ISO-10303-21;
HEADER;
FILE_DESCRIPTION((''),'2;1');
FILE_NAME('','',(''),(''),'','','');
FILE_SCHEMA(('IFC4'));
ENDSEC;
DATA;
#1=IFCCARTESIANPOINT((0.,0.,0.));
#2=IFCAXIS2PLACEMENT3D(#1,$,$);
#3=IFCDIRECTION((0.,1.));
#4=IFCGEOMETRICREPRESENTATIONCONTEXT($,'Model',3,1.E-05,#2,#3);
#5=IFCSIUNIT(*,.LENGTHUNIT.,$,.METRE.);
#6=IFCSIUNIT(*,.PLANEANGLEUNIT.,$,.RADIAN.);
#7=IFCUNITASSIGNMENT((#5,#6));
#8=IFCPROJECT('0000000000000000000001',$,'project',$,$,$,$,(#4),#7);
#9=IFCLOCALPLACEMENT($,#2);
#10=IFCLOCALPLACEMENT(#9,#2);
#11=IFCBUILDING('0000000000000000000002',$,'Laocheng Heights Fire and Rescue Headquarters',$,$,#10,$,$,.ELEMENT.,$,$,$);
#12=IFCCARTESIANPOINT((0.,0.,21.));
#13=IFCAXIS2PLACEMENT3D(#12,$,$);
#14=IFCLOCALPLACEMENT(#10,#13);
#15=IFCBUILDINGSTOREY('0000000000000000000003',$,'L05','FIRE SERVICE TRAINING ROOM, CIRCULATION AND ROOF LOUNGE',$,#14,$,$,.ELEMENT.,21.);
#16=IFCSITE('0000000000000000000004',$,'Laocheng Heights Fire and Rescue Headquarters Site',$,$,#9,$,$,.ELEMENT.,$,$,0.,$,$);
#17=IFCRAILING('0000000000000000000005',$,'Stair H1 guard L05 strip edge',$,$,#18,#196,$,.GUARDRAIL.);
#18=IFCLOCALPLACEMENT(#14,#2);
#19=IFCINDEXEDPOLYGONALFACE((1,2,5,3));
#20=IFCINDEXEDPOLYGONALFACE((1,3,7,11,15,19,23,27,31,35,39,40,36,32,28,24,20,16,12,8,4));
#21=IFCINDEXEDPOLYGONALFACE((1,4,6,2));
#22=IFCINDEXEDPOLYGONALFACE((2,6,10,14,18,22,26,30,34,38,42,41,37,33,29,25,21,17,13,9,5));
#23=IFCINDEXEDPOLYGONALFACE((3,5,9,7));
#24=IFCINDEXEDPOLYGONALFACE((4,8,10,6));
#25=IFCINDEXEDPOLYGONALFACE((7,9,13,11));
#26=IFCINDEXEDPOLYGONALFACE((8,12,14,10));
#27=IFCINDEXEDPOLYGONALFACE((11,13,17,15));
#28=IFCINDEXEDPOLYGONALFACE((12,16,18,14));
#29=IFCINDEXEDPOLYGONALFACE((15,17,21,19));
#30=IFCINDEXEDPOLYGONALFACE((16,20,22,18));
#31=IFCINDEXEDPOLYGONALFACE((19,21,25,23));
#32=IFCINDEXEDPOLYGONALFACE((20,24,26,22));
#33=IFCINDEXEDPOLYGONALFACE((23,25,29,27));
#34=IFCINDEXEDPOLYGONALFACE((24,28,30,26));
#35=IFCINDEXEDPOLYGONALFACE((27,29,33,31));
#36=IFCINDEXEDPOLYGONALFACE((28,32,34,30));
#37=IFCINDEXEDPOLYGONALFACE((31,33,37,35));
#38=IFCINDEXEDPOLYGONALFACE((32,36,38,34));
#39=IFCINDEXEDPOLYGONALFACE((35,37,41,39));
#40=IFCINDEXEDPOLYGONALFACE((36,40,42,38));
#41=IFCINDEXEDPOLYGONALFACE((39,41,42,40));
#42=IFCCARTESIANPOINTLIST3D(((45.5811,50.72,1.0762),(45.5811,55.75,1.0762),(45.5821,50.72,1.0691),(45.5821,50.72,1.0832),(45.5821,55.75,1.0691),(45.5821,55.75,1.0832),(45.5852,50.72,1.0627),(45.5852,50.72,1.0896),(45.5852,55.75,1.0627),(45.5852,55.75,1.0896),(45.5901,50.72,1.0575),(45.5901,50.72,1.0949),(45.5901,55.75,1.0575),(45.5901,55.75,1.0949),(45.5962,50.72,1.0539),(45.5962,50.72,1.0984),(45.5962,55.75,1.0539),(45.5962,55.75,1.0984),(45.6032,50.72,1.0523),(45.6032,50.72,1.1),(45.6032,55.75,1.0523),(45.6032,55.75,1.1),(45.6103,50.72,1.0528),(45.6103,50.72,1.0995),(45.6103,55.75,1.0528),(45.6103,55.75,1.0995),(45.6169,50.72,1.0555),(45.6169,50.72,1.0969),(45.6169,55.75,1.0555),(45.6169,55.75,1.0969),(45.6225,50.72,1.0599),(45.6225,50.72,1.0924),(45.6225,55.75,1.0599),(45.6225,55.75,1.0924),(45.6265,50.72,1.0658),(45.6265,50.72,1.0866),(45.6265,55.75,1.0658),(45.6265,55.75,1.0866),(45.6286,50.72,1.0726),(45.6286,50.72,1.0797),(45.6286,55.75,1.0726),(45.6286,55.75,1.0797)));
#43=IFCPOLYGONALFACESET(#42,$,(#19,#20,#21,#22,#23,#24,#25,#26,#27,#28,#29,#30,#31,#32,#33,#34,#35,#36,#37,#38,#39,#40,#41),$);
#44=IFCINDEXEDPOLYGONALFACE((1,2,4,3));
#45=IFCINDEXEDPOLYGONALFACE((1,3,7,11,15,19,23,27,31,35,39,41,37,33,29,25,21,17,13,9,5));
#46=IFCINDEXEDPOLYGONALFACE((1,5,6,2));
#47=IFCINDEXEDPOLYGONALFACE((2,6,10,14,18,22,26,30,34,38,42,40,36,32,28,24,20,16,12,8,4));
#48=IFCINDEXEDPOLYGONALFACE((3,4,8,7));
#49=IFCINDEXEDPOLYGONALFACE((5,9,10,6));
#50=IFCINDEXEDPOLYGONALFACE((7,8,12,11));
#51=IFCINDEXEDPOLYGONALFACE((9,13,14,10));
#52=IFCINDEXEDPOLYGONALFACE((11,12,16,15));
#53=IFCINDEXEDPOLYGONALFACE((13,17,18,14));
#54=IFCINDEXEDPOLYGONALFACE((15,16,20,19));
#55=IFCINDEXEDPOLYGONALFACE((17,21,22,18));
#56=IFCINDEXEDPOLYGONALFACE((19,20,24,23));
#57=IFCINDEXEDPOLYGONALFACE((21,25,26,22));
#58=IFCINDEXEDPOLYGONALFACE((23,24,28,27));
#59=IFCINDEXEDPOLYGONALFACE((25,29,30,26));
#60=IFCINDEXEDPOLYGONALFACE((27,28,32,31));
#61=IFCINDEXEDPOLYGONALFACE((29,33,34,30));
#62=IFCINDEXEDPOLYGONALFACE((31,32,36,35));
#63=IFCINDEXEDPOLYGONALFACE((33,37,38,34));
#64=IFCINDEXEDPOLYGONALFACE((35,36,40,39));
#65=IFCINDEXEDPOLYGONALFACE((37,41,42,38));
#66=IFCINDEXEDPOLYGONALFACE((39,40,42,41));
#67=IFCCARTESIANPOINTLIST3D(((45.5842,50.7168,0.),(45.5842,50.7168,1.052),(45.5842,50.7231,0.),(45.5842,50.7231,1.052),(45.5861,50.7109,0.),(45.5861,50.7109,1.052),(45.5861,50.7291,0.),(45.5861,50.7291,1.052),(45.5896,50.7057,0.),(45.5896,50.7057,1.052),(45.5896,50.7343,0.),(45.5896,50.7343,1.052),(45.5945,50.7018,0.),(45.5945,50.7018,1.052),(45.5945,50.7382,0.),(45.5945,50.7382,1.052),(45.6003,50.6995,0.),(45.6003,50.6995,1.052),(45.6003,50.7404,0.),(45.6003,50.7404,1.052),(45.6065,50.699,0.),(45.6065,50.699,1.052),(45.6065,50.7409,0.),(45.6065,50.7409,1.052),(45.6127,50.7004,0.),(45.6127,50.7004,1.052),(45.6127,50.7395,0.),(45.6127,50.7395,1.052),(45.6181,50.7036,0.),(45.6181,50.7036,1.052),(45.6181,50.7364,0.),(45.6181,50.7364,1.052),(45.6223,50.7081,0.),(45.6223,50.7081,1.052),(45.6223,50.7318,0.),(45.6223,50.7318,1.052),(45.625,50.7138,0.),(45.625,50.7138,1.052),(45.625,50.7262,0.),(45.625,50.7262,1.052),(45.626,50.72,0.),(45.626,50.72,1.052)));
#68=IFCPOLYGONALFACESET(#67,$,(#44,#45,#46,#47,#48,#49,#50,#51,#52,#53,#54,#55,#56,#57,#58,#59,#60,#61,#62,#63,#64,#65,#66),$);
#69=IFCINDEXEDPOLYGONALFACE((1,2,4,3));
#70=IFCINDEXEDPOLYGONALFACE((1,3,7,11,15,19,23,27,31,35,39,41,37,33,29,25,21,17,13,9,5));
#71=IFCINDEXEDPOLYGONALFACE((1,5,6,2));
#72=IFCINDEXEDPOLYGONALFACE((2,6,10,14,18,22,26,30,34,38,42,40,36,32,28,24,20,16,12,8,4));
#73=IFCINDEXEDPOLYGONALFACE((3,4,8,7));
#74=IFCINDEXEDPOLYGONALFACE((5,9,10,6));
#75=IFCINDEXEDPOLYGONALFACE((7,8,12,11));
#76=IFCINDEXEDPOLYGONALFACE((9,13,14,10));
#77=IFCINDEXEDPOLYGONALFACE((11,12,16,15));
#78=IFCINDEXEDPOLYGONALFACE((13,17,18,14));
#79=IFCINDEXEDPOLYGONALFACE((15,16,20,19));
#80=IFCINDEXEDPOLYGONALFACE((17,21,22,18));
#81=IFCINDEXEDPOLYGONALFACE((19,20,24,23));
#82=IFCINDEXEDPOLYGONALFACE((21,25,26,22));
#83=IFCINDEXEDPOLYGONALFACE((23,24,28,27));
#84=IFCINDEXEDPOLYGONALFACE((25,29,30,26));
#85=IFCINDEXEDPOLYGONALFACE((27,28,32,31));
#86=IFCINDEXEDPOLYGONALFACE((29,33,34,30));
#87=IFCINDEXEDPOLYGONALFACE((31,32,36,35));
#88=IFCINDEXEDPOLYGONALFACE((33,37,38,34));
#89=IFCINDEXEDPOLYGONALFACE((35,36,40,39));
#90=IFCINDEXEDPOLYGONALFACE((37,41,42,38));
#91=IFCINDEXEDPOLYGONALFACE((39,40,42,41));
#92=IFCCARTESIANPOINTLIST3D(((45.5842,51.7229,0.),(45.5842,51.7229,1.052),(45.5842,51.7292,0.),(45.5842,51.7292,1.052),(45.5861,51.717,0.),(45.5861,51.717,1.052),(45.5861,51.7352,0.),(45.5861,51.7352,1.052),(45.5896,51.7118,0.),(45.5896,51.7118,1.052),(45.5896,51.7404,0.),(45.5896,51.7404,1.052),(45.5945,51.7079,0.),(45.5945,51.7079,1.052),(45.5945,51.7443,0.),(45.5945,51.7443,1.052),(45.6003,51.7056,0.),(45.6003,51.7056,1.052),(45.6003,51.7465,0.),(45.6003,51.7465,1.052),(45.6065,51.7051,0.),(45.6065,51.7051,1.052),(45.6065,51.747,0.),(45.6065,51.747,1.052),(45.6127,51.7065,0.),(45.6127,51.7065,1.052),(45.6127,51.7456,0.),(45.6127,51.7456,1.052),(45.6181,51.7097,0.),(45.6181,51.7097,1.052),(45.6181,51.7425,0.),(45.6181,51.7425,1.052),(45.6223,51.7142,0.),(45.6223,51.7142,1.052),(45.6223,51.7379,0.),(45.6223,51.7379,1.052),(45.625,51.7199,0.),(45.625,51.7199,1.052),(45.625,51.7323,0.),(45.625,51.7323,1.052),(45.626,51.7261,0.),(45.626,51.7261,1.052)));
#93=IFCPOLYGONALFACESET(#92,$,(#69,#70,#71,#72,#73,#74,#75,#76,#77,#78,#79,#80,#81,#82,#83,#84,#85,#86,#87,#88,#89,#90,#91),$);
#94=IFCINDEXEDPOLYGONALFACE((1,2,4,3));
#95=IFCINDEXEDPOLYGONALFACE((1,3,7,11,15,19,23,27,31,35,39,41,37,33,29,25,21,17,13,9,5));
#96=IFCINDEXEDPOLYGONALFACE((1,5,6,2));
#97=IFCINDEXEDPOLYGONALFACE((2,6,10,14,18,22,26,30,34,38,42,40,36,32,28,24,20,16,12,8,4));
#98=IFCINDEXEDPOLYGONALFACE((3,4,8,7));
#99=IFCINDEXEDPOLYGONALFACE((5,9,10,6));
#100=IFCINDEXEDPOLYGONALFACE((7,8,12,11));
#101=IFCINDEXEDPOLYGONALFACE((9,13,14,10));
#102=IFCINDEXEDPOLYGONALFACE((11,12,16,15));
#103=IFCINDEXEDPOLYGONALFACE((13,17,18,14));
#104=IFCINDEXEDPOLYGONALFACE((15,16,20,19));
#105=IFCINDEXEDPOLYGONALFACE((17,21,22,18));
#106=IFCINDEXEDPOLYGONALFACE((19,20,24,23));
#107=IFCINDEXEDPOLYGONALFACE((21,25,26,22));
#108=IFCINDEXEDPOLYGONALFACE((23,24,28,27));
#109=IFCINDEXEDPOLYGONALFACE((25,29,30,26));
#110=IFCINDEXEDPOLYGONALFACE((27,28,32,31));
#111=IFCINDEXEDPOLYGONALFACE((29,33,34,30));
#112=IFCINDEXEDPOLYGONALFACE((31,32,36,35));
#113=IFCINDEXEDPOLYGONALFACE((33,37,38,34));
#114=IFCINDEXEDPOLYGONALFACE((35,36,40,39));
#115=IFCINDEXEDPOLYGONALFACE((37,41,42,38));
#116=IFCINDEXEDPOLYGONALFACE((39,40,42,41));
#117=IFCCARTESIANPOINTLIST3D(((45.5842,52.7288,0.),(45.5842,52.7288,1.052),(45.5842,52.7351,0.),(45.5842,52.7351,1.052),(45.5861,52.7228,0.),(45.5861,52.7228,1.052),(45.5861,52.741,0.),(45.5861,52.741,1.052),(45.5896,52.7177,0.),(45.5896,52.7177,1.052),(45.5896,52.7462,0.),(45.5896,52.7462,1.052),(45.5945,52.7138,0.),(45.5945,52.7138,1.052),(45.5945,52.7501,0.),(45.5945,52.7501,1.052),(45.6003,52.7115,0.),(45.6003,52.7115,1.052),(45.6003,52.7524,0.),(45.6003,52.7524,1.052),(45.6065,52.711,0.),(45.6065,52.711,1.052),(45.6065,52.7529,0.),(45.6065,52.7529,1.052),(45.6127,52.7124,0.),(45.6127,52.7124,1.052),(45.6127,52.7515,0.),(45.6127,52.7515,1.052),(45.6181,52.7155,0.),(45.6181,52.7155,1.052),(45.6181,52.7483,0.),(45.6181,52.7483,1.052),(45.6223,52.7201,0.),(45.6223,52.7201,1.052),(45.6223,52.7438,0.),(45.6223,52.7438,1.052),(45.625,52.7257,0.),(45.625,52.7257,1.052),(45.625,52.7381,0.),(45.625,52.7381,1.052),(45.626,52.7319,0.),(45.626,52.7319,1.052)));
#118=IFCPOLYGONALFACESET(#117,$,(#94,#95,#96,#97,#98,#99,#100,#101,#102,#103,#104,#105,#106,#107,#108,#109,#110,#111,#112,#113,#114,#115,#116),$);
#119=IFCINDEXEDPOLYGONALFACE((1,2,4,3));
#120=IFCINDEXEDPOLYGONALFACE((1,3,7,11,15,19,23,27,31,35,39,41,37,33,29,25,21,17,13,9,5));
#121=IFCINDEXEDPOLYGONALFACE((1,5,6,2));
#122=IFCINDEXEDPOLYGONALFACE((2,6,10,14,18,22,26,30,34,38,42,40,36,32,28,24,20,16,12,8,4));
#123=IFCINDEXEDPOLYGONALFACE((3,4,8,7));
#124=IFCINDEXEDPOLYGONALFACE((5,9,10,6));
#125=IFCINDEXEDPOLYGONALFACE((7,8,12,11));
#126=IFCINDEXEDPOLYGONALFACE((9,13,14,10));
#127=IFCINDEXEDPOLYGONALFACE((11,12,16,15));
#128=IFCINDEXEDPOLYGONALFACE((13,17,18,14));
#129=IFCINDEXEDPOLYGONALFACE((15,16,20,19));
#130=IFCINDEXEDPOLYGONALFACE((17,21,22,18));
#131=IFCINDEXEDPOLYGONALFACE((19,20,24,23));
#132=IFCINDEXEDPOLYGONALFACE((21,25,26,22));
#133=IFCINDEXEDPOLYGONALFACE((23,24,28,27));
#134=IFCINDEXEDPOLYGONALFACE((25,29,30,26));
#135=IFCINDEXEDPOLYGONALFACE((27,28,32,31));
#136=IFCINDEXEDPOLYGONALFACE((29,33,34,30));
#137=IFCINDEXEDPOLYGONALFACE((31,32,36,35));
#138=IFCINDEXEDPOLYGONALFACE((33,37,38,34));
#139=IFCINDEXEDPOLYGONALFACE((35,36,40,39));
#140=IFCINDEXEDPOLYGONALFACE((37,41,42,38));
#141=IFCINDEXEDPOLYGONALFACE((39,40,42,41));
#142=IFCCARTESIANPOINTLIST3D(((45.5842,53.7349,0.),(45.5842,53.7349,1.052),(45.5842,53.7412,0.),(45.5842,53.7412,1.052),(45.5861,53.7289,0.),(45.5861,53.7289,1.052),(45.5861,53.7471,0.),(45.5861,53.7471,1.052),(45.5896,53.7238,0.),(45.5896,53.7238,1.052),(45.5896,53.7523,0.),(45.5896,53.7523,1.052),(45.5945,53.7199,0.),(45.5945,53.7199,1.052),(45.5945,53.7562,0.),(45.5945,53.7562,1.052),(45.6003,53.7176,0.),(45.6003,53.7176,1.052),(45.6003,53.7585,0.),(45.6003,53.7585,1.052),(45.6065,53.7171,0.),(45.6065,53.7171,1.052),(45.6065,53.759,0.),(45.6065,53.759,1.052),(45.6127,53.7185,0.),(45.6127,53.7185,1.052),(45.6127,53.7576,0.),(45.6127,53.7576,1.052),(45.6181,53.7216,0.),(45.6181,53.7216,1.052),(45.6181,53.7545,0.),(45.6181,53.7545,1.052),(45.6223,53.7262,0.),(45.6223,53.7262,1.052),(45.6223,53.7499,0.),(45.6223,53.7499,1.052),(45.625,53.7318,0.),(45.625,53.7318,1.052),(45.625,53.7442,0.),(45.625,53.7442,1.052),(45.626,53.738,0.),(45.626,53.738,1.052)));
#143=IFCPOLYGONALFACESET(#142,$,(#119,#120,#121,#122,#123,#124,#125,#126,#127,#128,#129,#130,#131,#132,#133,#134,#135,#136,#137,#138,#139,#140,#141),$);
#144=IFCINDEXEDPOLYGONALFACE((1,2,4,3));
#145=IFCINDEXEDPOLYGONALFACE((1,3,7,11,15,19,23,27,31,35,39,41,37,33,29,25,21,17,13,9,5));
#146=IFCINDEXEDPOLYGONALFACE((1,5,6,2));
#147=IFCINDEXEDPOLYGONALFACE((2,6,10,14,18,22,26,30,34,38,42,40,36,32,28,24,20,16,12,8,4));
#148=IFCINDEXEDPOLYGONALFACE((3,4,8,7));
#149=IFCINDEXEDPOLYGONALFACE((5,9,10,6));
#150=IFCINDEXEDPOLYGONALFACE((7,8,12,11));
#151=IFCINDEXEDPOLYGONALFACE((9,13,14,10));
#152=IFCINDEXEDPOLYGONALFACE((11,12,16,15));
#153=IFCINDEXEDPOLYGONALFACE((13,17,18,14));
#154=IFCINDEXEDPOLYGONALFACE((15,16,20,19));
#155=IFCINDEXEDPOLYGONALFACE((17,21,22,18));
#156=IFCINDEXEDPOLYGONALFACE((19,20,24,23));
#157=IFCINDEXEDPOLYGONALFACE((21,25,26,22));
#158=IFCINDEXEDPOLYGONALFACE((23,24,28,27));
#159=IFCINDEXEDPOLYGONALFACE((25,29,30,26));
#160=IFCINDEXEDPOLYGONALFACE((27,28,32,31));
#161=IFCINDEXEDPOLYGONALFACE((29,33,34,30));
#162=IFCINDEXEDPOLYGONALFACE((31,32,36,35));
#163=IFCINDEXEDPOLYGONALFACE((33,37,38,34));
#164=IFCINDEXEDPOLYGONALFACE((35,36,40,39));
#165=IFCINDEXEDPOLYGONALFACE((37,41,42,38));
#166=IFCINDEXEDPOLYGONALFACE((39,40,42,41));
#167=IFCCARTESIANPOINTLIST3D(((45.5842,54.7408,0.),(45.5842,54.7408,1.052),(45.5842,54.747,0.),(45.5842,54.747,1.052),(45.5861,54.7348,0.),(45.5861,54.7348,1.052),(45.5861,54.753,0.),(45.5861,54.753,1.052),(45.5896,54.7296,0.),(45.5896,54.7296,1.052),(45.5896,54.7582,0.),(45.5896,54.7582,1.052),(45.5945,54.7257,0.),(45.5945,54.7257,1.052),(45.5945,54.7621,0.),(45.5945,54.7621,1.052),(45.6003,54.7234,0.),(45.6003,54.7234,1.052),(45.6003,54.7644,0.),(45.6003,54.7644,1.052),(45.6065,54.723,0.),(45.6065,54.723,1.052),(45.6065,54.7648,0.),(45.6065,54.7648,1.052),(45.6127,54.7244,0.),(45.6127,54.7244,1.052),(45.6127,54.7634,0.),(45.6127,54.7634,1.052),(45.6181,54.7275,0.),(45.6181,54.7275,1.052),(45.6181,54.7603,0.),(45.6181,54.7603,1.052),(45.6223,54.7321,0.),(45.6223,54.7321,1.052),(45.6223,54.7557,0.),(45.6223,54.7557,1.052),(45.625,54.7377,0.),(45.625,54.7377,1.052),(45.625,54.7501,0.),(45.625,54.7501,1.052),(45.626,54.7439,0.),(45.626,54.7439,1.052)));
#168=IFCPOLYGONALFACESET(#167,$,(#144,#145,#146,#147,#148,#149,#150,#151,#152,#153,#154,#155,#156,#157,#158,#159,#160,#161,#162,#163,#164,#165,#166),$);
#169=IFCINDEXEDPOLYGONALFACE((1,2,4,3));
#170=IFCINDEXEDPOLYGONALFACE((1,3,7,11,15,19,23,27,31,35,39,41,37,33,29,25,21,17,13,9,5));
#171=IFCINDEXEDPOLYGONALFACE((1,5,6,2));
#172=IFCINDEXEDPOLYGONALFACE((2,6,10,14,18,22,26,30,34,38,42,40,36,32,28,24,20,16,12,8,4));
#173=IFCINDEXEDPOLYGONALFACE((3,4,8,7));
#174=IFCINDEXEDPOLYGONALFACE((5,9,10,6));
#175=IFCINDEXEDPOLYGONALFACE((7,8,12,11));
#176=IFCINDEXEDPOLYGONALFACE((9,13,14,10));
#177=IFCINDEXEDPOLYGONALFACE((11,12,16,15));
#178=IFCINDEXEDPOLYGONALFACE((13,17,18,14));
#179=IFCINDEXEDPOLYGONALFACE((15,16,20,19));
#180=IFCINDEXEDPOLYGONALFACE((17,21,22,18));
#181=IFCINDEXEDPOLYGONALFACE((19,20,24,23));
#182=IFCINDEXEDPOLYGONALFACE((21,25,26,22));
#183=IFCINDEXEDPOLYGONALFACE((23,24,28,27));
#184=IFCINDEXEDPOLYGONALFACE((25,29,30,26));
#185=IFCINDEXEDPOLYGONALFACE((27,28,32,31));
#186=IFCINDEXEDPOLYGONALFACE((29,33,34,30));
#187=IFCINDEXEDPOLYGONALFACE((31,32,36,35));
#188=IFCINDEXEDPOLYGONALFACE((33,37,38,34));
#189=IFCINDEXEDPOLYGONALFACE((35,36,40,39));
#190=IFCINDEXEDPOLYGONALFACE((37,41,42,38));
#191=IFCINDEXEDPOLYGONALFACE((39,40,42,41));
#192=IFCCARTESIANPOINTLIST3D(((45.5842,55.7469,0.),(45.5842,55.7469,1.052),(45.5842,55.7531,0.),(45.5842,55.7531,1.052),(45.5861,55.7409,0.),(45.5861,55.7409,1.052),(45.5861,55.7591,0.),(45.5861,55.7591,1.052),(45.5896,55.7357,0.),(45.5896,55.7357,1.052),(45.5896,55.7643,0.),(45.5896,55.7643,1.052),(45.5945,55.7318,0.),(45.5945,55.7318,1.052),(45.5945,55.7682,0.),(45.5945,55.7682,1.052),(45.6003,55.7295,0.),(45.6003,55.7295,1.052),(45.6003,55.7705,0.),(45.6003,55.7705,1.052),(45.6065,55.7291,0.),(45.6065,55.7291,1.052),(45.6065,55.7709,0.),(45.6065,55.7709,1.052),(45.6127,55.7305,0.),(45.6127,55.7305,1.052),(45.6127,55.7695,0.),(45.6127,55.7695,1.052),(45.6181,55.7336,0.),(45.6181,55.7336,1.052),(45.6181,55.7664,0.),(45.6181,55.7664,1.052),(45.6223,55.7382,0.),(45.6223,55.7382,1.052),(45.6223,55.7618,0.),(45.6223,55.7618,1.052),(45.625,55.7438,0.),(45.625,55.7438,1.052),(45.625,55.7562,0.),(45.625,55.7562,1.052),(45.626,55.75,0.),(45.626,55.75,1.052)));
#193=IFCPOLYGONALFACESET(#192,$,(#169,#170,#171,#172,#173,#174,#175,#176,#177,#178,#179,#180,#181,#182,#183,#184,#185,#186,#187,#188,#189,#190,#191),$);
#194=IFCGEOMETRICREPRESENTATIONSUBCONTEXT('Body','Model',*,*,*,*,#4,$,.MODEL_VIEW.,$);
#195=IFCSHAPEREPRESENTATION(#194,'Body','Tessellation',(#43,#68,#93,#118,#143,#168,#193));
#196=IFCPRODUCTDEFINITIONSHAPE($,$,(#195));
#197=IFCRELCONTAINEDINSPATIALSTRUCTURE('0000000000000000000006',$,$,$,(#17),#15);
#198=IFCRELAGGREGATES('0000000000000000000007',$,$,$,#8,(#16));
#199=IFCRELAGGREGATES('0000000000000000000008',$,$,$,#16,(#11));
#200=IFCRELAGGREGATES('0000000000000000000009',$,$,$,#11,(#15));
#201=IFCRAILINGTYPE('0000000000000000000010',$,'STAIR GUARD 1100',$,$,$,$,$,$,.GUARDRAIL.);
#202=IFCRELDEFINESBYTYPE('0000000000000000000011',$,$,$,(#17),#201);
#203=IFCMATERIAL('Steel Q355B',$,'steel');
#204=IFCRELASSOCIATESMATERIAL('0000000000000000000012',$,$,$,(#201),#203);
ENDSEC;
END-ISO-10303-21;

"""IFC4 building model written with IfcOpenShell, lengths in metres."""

from ifc_helpers import new_model, si_unit, direction, frame, origin, origin_2d, place, context, subcontext, project, spatial, circle, extrude, material, type_object, element, save


model = new_model("IFC4")

# Units and contexts
model_context = context("Model", 3, precision=1e-05, world=origin(), true_north=direction((0.0, 1.0)))
body_context = subcontext(model_context, "Body", "Model", "MODEL_VIEW")
ifc_project = project(units=[si_unit("LENGTHUNIT", "METRE"), si_unit("PLANEANGLEUNIT", "RADIAN")], contexts=[model_context])

# Site, building, storey
site_placement = place(None, origin())
site = spatial("IfcSite", under=ifc_project, at=site_placement, Name="Laocheng Heights Fire and Rescue Headquarters Site", CompositionType="ELEMENT", RefElevation=0.0)
building_placement = place(site_placement, origin())
building = spatial("IfcBuilding", under=site, at=building_placement, Name="Laocheng Heights Fire and Rescue Headquarters", CompositionType="ELEMENT")
storey_placement = place(building_placement, frame((0.0, 0.0, 21.0)))
storey = spatial("IfcBuildingStorey", under=building, at=storey_placement, Name="L05", Description="FIRE SERVICE TRAINING ROOM, CIRCULATION AND ROOF LOUNGE", CompositionType="ELEMENT", Elevation=21.0)

# Railing
ifc_material_1 = material(Name="Steel Q355B", Category="steel")
railing_type = type_object("IfcRailingType", Name="STAIR GUARD 1100", PredefinedType="GUARDRAIL", material=ifc_material_1)
railing_1_placement = place(storey_placement, frame((45.605, 50.72, 0.0)))
element("IfcRailing", 1, at=railing_1_placement, inside=storey, type_object=railing_type, Name="Stair H1 guard L05 strip edge", PredefinedType="GUARDRAIL", context=body_context, shape_type="SweptSolid", body=[
    extrude(circle(Radius=0.0239, at=origin_2d()), frame((0.0, 0.0, 1.0762), z_axis=(0.0, 1.0, 0.0), x_axis=(-1.0, 0.0, 0.0)), (0.0, 0.0, 1.0), 5.03),
    extrude(circle(Radius=0.021, at=origin_2d()), origin(), (0.0, 0.0, 1.0), 1.052),
    extrude(circle(Radius=0.021, at=origin_2d()), frame((0.0, 1.0061, 0.0)), (0.0, 0.0, 1.0), 1.052),
    extrude(circle(Radius=0.021, at=origin_2d()), frame((0.0, 2.012, 0.0)), (0.0, 0.0, 1.0), 1.052),
    extrude(circle(Radius=0.021, at=origin_2d()), frame((0.0, 3.0181, 0.0)), (0.0, 0.0, 1.0), 1.052),
    extrude(circle(Radius=0.021, at=origin_2d()), frame((0.0, 4.0239, 0.0)), (0.0, 0.0, 1.0), 1.052),
    extrude(circle(Radius=0.021, at=origin_2d()), frame((0.0, 5.03, 0.0)), (0.0, 0.0, 1.0), 1.052),
])

save(model, "model.ifc")
